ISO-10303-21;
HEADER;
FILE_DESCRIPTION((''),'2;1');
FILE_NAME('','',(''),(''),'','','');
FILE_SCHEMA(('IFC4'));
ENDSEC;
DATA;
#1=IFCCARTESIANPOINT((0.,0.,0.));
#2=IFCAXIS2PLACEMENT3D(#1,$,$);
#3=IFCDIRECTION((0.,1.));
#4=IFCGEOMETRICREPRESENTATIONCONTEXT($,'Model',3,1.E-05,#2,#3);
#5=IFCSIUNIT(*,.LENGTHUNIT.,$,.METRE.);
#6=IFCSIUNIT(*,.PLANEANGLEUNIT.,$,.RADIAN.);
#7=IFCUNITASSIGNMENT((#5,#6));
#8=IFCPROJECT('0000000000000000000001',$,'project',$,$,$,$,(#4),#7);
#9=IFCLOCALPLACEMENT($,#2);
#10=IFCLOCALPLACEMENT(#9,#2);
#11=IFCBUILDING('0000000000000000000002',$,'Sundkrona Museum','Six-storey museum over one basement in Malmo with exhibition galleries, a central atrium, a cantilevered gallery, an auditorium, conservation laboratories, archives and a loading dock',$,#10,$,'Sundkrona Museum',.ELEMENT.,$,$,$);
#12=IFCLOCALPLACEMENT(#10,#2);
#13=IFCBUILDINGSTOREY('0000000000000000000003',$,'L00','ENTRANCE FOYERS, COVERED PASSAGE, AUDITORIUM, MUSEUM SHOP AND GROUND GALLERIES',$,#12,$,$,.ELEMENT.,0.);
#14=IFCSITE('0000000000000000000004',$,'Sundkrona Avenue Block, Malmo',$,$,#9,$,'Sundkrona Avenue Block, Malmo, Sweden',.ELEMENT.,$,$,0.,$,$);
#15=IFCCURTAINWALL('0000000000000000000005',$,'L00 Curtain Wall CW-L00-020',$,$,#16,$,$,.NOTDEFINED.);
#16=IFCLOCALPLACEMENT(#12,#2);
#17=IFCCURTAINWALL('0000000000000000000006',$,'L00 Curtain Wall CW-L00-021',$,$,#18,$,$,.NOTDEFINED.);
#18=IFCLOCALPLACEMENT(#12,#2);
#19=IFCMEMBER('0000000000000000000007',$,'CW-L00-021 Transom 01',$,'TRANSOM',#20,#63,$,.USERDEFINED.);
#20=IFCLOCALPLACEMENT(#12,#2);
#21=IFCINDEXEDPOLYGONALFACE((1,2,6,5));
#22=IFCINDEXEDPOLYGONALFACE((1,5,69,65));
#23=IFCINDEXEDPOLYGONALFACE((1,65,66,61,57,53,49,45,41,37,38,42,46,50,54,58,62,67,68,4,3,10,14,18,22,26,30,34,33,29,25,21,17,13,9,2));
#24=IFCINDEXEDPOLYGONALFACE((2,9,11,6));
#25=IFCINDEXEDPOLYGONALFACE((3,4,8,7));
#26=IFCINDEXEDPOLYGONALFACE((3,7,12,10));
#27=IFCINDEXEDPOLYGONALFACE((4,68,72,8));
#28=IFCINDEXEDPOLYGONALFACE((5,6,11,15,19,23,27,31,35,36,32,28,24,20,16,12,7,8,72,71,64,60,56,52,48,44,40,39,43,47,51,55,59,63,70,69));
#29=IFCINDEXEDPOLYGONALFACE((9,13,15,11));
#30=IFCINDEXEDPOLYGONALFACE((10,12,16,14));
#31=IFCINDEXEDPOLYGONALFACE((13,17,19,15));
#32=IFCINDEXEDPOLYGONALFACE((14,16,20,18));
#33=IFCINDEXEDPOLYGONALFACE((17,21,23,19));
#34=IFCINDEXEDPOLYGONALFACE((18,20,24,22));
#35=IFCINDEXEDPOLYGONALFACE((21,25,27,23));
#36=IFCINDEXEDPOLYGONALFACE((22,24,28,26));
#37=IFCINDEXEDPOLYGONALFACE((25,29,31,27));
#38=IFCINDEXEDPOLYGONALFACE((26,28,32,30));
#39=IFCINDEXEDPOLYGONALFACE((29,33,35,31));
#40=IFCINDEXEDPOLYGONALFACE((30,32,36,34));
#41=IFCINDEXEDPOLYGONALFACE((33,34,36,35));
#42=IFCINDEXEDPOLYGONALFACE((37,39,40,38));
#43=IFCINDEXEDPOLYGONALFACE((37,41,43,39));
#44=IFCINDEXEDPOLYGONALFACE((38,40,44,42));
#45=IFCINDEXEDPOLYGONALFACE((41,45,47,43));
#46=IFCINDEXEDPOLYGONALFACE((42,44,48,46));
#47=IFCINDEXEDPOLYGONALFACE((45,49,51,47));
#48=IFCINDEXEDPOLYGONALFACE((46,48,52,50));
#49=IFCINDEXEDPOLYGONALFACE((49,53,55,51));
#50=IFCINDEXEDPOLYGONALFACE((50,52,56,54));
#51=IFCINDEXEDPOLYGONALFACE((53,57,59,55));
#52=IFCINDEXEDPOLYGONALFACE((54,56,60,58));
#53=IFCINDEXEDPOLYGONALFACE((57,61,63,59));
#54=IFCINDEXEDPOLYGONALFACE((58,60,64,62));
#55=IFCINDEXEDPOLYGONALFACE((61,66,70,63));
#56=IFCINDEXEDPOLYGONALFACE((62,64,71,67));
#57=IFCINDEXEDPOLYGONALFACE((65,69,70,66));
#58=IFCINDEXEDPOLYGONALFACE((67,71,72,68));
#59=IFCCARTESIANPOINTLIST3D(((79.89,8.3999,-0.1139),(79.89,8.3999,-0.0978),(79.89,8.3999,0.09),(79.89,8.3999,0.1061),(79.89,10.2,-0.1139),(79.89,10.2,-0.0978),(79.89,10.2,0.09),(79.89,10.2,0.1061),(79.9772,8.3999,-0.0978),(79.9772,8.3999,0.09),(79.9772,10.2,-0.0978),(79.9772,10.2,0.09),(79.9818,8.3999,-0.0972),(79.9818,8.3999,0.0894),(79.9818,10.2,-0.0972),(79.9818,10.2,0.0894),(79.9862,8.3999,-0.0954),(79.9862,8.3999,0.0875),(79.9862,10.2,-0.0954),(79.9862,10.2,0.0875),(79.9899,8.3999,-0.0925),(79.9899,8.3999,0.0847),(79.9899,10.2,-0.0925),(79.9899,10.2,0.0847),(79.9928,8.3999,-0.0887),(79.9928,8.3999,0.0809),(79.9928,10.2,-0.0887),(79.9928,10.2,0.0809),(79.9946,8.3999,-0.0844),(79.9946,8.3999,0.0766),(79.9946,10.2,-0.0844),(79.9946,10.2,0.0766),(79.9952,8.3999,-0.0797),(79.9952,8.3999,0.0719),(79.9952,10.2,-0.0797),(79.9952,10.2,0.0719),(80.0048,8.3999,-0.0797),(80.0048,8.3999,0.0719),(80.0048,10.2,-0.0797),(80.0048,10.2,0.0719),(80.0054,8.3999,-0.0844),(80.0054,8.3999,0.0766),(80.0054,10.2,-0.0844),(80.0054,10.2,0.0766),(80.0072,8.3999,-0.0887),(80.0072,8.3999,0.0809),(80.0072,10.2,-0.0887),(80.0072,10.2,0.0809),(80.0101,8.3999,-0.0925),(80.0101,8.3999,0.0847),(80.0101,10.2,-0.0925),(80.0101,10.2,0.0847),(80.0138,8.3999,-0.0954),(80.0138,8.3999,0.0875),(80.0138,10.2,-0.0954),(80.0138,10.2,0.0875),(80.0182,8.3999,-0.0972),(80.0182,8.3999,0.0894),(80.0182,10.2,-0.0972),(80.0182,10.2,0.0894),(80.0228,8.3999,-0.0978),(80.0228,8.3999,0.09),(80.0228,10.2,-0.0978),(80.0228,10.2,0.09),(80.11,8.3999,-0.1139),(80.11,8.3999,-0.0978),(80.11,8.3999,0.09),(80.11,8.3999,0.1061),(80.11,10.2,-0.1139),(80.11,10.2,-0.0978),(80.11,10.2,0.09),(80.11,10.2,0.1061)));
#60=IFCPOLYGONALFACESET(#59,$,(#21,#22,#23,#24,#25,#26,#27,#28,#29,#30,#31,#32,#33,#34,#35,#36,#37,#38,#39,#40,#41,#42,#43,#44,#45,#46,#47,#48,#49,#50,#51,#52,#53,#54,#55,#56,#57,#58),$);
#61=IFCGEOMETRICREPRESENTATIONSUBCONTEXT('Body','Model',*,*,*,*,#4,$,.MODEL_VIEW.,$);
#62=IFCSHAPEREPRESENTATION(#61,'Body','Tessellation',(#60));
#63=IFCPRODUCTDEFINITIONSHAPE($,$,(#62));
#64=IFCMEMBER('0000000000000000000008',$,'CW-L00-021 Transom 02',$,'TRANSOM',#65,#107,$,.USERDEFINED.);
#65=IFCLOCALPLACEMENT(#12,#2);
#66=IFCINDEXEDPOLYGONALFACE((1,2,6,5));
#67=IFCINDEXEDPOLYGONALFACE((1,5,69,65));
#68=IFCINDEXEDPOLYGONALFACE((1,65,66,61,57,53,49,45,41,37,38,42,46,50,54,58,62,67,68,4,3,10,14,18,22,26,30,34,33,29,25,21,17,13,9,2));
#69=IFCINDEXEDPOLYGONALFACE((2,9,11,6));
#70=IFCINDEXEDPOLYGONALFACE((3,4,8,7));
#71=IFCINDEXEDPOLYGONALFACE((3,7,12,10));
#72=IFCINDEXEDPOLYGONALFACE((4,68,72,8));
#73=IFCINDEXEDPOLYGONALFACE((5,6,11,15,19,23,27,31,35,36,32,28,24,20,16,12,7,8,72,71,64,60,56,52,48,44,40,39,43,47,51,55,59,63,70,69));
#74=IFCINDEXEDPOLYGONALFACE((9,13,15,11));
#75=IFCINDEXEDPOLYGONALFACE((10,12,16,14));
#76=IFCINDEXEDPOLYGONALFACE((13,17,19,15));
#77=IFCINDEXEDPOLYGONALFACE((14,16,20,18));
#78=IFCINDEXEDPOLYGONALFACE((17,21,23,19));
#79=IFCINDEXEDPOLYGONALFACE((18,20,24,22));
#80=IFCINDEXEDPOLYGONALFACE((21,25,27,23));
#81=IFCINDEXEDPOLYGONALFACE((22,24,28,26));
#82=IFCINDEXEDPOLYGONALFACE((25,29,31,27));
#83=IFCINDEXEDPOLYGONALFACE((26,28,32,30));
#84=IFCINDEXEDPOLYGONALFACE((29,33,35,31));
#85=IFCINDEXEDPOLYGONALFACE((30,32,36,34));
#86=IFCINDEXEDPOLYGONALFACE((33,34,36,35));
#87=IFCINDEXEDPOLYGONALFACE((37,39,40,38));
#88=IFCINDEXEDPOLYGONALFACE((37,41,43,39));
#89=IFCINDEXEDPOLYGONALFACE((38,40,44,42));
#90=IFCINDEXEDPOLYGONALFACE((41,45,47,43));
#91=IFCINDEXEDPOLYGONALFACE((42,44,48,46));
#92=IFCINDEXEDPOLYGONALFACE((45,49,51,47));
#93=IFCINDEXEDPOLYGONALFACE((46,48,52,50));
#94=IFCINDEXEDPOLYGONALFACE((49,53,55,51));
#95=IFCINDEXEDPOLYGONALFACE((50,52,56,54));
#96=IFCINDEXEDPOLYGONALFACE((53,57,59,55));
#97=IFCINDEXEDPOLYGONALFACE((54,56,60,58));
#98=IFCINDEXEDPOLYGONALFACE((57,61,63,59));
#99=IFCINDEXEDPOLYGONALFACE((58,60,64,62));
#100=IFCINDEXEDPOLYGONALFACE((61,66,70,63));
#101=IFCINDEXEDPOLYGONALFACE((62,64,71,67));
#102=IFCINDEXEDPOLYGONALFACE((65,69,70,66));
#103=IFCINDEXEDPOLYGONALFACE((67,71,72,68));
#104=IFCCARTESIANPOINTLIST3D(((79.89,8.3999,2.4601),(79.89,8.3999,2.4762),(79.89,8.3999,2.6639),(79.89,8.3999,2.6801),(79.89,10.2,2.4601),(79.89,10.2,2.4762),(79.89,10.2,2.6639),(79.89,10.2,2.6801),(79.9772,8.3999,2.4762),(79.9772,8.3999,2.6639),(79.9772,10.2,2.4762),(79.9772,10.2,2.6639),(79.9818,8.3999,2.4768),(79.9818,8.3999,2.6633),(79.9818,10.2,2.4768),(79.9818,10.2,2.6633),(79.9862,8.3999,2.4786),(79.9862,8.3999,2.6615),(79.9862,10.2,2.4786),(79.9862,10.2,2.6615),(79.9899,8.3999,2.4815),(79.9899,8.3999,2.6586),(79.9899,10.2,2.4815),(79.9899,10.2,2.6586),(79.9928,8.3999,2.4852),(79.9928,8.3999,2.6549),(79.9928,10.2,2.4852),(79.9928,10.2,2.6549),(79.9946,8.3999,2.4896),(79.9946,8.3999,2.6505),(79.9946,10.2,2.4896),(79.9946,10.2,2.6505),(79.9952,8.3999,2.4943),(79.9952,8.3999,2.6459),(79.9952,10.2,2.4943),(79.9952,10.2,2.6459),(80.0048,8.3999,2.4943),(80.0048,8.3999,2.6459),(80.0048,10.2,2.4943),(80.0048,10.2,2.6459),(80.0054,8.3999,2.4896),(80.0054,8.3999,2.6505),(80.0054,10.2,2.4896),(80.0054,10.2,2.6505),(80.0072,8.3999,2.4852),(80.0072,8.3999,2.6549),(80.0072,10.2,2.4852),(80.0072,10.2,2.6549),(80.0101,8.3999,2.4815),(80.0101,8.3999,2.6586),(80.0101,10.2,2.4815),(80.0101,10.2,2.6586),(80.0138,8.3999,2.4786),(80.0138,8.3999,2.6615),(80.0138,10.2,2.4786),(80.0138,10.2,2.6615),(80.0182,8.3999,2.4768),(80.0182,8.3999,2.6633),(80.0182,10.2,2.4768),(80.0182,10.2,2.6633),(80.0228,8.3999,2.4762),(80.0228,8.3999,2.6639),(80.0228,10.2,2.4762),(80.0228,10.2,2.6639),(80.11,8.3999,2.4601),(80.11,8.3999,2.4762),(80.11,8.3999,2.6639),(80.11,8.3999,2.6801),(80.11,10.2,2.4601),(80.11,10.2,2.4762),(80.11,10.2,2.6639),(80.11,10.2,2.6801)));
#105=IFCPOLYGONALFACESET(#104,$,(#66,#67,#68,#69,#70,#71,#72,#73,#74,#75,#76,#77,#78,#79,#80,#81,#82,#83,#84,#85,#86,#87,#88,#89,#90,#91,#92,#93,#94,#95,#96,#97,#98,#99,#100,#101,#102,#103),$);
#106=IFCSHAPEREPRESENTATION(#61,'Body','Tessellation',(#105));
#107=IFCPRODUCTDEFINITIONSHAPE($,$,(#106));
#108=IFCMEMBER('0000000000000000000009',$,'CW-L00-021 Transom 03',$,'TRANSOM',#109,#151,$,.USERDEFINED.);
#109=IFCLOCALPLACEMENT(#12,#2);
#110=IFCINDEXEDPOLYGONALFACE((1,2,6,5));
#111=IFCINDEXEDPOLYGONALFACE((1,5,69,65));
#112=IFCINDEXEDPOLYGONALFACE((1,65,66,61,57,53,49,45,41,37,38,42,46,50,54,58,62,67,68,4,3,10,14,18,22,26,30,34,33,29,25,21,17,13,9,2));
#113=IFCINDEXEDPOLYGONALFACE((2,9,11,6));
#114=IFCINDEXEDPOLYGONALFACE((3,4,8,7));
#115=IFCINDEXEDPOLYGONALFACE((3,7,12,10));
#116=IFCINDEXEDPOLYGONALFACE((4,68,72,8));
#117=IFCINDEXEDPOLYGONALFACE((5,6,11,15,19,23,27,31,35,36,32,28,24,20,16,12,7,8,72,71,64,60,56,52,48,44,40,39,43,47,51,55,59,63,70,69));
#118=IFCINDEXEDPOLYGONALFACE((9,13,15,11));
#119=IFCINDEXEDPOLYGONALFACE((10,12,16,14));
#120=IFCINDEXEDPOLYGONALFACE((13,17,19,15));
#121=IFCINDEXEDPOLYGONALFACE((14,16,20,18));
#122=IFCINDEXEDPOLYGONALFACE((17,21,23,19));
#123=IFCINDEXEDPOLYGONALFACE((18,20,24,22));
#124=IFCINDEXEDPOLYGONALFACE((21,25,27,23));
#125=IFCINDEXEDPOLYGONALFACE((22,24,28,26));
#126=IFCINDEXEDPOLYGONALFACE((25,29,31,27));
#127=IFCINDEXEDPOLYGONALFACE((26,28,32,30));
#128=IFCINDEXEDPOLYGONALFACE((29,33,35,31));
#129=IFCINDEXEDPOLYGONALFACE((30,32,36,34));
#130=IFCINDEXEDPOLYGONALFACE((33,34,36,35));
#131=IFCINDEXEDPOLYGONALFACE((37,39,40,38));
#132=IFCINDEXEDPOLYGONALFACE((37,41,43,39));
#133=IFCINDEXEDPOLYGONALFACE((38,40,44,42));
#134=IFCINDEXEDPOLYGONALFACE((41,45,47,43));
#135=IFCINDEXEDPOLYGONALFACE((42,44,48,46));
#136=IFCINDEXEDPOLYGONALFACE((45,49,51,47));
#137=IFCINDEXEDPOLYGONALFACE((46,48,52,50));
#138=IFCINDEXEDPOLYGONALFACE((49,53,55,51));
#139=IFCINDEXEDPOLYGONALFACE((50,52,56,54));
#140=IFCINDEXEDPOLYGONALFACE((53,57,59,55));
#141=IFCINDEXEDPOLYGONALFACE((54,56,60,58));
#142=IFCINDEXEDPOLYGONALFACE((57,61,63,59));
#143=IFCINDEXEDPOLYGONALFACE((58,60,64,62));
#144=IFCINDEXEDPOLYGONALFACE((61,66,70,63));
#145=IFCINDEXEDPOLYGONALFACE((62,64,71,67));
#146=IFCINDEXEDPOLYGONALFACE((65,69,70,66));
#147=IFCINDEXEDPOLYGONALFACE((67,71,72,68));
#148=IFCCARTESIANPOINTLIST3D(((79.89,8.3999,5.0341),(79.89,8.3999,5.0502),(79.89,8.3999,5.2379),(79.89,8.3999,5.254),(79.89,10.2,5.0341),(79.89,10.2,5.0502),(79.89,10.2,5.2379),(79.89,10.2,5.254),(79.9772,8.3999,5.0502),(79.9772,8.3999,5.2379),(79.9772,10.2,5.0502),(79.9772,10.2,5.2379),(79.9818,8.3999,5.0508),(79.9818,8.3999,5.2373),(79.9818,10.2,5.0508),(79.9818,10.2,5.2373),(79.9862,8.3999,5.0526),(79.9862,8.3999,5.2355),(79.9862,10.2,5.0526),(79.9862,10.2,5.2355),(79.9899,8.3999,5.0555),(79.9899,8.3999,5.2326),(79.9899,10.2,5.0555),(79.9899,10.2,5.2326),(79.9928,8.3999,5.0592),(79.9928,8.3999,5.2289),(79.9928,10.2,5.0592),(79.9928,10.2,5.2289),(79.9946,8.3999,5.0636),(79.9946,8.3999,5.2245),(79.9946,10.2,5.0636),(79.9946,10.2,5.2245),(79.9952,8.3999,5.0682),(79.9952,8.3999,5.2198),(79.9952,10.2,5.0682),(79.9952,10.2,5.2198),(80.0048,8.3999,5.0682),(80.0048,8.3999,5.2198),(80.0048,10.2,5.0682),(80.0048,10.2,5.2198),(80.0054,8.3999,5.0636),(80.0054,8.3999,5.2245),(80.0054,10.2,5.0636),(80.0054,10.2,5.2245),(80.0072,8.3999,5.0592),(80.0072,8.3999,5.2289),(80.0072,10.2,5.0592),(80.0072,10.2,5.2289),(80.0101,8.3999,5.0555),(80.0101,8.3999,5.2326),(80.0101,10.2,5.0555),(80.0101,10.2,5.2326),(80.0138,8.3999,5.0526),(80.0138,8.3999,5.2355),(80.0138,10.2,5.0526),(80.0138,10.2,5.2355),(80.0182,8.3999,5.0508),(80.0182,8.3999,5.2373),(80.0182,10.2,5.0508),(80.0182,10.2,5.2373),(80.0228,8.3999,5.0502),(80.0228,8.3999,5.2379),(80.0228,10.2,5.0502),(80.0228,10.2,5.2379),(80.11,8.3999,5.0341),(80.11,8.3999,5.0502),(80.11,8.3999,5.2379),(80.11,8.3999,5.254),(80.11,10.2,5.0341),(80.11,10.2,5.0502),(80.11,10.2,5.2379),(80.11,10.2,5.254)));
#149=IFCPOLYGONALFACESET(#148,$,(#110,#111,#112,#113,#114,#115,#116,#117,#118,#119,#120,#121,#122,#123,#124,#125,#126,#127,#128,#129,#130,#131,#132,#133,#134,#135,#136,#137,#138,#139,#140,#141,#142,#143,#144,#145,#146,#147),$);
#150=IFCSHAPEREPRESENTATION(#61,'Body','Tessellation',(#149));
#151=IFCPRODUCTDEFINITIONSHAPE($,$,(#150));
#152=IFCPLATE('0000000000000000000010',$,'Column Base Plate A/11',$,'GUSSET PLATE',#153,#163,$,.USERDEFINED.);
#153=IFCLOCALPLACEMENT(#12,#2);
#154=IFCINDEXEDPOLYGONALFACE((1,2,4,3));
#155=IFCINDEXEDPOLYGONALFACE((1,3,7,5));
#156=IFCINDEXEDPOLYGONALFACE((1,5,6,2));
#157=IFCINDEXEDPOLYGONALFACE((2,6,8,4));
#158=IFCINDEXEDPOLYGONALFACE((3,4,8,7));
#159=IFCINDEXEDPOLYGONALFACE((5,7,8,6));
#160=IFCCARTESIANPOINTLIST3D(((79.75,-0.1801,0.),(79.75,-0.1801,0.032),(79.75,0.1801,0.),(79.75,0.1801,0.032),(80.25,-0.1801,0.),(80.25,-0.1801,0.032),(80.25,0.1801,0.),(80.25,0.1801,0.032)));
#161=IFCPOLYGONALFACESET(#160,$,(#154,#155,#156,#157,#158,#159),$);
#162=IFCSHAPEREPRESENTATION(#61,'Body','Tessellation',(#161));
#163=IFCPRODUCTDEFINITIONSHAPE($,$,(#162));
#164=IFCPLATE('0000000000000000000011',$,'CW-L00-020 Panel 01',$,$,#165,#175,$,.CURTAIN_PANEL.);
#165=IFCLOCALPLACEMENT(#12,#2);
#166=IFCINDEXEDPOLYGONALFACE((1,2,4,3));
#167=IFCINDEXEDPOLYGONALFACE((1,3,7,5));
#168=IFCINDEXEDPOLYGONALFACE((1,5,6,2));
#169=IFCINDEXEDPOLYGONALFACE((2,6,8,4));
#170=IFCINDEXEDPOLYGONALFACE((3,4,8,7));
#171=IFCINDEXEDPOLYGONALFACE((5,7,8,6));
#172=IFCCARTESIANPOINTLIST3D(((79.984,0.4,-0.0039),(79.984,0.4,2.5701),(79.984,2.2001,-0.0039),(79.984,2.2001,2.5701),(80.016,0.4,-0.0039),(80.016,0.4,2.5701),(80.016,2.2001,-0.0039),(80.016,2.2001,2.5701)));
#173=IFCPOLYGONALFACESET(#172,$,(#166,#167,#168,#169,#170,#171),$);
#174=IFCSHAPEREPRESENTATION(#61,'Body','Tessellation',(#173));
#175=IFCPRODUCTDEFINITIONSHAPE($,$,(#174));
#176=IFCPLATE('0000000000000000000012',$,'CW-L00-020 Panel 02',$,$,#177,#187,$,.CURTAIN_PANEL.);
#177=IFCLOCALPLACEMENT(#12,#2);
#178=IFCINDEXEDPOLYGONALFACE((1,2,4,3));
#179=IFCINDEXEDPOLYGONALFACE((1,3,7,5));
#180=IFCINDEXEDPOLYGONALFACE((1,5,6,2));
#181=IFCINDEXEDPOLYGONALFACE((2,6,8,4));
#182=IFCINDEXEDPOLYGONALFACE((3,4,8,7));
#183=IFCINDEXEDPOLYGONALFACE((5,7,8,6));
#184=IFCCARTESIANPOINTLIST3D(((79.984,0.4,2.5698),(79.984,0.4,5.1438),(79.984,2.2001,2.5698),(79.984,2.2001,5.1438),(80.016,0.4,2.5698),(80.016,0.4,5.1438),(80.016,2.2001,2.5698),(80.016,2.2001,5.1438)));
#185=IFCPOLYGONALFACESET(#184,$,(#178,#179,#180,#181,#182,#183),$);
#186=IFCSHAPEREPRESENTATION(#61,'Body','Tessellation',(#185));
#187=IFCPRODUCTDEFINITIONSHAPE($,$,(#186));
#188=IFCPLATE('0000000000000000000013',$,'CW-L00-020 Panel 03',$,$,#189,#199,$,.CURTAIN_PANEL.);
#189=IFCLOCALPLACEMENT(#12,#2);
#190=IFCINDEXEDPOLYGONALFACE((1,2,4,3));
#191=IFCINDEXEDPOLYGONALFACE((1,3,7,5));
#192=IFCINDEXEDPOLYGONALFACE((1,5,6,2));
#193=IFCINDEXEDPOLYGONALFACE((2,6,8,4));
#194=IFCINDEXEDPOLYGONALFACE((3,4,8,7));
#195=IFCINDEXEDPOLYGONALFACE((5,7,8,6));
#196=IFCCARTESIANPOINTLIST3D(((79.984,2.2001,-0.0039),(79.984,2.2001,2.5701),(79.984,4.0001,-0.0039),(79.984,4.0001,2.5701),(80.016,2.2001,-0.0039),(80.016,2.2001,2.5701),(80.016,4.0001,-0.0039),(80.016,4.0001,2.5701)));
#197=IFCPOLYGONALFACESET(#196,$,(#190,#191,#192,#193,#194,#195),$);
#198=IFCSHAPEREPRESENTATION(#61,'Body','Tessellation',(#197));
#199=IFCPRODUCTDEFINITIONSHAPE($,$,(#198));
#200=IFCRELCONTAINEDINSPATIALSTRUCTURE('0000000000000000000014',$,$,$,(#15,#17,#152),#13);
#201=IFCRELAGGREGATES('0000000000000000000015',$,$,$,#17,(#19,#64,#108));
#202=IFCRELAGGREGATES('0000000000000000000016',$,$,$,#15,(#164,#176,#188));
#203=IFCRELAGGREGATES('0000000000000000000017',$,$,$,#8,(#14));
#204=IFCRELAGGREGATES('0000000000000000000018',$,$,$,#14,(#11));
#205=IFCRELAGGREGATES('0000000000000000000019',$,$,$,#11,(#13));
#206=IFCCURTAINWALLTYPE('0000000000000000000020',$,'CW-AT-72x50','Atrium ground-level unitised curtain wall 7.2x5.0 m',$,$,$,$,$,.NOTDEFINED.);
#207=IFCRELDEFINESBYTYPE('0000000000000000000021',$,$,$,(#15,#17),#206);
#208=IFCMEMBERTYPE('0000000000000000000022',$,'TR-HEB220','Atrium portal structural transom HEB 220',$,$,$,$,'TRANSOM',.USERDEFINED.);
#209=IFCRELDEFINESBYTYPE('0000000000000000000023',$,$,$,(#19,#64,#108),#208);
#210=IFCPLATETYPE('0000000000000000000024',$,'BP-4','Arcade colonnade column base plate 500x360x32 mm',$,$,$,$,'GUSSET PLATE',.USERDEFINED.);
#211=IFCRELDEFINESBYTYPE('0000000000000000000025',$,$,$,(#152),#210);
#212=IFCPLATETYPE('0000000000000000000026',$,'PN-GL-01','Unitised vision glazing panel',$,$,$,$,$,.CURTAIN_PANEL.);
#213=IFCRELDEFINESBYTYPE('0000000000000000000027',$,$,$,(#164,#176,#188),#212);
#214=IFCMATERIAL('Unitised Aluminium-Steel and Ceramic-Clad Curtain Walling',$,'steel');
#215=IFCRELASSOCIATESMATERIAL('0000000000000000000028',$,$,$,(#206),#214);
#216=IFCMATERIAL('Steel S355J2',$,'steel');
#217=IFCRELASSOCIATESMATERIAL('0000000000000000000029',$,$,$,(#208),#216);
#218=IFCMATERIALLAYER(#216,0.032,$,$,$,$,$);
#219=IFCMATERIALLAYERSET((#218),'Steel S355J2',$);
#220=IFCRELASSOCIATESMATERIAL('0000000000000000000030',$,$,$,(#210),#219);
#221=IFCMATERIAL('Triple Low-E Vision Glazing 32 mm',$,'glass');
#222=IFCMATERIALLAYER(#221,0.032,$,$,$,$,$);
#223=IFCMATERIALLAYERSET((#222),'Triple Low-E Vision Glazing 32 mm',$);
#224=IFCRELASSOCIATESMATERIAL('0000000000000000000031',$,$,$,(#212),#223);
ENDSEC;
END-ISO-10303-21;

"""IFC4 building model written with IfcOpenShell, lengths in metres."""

from ifc_helpers import new_model, si_unit, direction, frame, origin, origin_2d, place, context, subcontext, project, spatial, rectangle, i_section, extrude, material, layer, layer_set, material_profile, profile_set, type_object, element, aggregate, save


model = new_model("IFC4")

# Units and contexts
model_context = context("Model", 3, precision=1e-05, world=origin(), true_north=direction((0.0, 1.0)))
body_context = subcontext(model_context, "Body", "Model", "MODEL_VIEW")
ifc_project = project(units=[si_unit("LENGTHUNIT", "METRE"), si_unit("PLANEANGLEUNIT", "RADIAN")], contexts=[model_context])

# Site, building, storey
site_placement = place(None, origin())
site = spatial("IfcSite", under=ifc_project, at=site_placement, Name="Sundkrona Avenue Block, Malmo", LongName="Sundkrona Avenue Block, Malmo, Sweden", CompositionType="ELEMENT", RefElevation=0.0)
building_placement = place(site_placement, origin())
building = spatial("IfcBuilding", under=site, at=building_placement, Name="Sundkrona Museum", Description="Six-storey museum over one basement in Malmo with exhibition galleries, a central atrium, a cantilevered gallery, an auditorium, conservation laboratories, archives and a loading dock", LongName="Sundkrona Museum", CompositionType="ELEMENT")
storey_placement = place(building_placement, origin())
storey = spatial("IfcBuildingStorey", under=building, at=storey_placement, Name="L00", Description="ENTRANCE FOYERS, COVERED PASSAGE, AUDITORIUM, MUSEUM SHOP AND GROUND GALLERIES", CompositionType="ELEMENT", Elevation=0.0)

# Shared definitions
ifc_material_1 = material(Name="Steel S355J2", Category="steel")

# Curtain wall
ifc_material_2 = material(Name="Unitised Aluminium-Steel and Ceramic-Clad Curtain Walling", Category="steel")
curtain_wall_type = type_object("IfcCurtainWallType", Name="CW-AT-72x50", Description="Atrium ground-level unitised curtain wall 7.2x5.0 m", PredefinedType="NOTDEFINED", material=ifc_material_2)
curtain_wall_1_placement = place(storey_placement, origin())
curtain_wall_1 = element("IfcCurtainWall", 1, at=curtain_wall_1_placement, inside=storey, type_object=curtain_wall_type, Name="L00 Curtain Wall CW-L00-020", PredefinedType="NOTDEFINED")

# Curtain wall
curtain_wall_2_placement = place(storey_placement, origin())
curtain_wall_2 = element("IfcCurtainWall", 2, at=curtain_wall_2_placement, inside=storey, type_object=curtain_wall_type, Name="L00 Curtain Wall CW-L00-021", PredefinedType="NOTDEFINED")

# Members
ifc_material_profile_1 = material_profile(ifc_material_1, i_section(OverallWidth=0.22, OverallDepth=0.22, WebThickness=0.0095, FlangeThickness=0.0161, FilletRadius=0.0181, at=origin_2d()), Name="HEB 220")
ifc_profile_set_1 = profile_set([ifc_material_profile_1], Name="Steel S355J2")
member_type_1 = type_object("IfcMemberType", Name="TR-HEB220", Description="Atrium portal structural transom HEB 220", ElementType="TRANSOM", PredefinedType="USERDEFINED", material=ifc_profile_set_1)
member_1_placement = place(storey_placement, frame((80.0, 8.3999, -0.0039), z_axis=(0.0, 1.0, 0.0), x_axis=(-1.0, 0.0, 0.0)))
member_1 = element("IfcMember", 3, at=member_1_placement, type_object=member_type_1, Name="CW-L00-021 Transom 01", ObjectType="TRANSOM", PredefinedType="USERDEFINED", context=body_context, shape_type="SweptSolid", body=[
    extrude(i_section(OverallWidth=0.22, OverallDepth=0.22, WebThickness=0.0095, FlangeThickness=0.0161, FilletRadius=0.0181, at=origin_2d()), origin(), (0.0, 0.0, 1.0), 1.8),
])
member_2_placement = place(storey_placement, frame((80.0, 8.3999, 2.5701), z_axis=(0.0, 1.0, 0.0), x_axis=(-1.0, 0.0, 0.0)))
member_2 = element("IfcMember", 4, at=member_2_placement, type_object=member_type_1, Name="CW-L00-021 Transom 02", ObjectType="TRANSOM", PredefinedType="USERDEFINED", context=body_context, shape_type="SweptSolid", body=[
    extrude(i_section(OverallWidth=0.22, OverallDepth=0.22, WebThickness=0.0095, FlangeThickness=0.0161, FilletRadius=0.0181, at=origin_2d()), origin(), (0.0, 0.0, 1.0), 1.8),
])
member_3_placement = place(storey_placement, frame((80.0, 8.3999, 5.144), z_axis=(0.0, 1.0, 0.0), x_axis=(-1.0, 0.0, 0.0)))
member_3 = element("IfcMember", 5, at=member_3_placement, type_object=member_type_1, Name="CW-L00-021 Transom 03", ObjectType="TRANSOM", PredefinedType="USERDEFINED", context=body_context, shape_type="SweptSolid", body=[
    extrude(i_section(OverallWidth=0.22, OverallDepth=0.22, WebThickness=0.0095, FlangeThickness=0.0161, FilletRadius=0.0181, at=origin_2d()), origin(), (0.0, 0.0, 1.0), 1.8),
])
aggregate(curtain_wall_2, [member_1, member_2, member_3])

# Plates
ifc_layer_1 = layer(ifc_material_1, 0.032)
ifc_layer_set_1 = layer_set([ifc_layer_1], Name="Steel S355J2")
plate_type_1 = type_object("IfcPlateType", Name="BP-4", Description="Arcade colonnade column base plate 500x360x32 mm", ElementType="GUSSET PLATE", PredefinedType="USERDEFINED", material=ifc_layer_set_1)
plate_1_placement = place(storey_placement, frame((80.0, 0.0, 0.0), z_axis=(0.0, 0.0, 1.0), x_axis=(1.0, 0.0, 0.0)))
element("IfcPlate", 6, at=plate_1_placement, inside=storey, type_object=plate_type_1, Name="Column Base Plate A/11", ObjectType="GUSSET PLATE", PredefinedType="USERDEFINED", context=body_context, shape_type="SweptSolid", body=[
    extrude(rectangle(XDim=0.5, YDim=0.3601, at=origin_2d()), origin(), (0.0, 0.0, 1.0), 0.032),
])
ifc_material_3 = material(Name="Triple Low-E Vision Glazing 32 mm", Category="glass")
ifc_layer_2 = layer(ifc_material_3, 0.032)
ifc_layer_set_2 = layer_set([ifc_layer_2], Name="Triple Low-E Vision Glazing 32 mm")
plate_type_2 = type_object("IfcPlateType", Name="PN-GL-01", Description="Unitised vision glazing panel", PredefinedType="CURTAIN_PANEL", material=ifc_layer_set_2)
plate_2_placement = place(storey_placement, frame((80.0, 1.3, -0.0039), z_axis=(0.0, 0.0, 1.0), x_axis=(0.0, 1.0, 0.0)))
plate_2 = element("IfcPlate", 7, at=plate_2_placement, type_object=plate_type_2, Name="CW-L00-020 Panel 01", PredefinedType="CURTAIN_PANEL", context=body_context, shape_type="SweptSolid", body=[
    extrude(rectangle(XDim=1.8, YDim=0.032, at=origin_2d()), origin(), (0.0, 0.0, 1.0), 2.574),
])
plate_3_placement = place(storey_placement, frame((80.0, 1.3, 2.5698), z_axis=(0.0, 0.0, 1.0), x_axis=(0.0, 1.0, 0.0)))
plate_3 = element("IfcPlate", 8, at=plate_3_placement, type_object=plate_type_2, Name="CW-L00-020 Panel 02", PredefinedType="CURTAIN_PANEL", context=body_context, shape_type="SweptSolid", body=[
    extrude(rectangle(XDim=1.8, YDim=0.032, at=origin_2d()), origin(), (0.0, 0.0, 1.0), 2.574),
])
plate_4_placement = place(storey_placement, frame((80.0, 3.1001, -0.0039), z_axis=(0.0, 0.0, 1.0), x_axis=(0.0, 1.0, 0.0)))
plate_4 = element("IfcPlate", 9, at=plate_4_placement, type_object=plate_type_2, Name="CW-L00-020 Panel 03", PredefinedType="CURTAIN_PANEL", context=body_context, shape_type="SweptSolid", body=[
    extrude(rectangle(XDim=1.8, YDim=0.032, at=origin_2d()), origin(), (0.0, 0.0, 1.0), 2.574),
])
aggregate(curtain_wall_1, [plate_2, plate_3, plate_4])

save(model, "model.ifc")
